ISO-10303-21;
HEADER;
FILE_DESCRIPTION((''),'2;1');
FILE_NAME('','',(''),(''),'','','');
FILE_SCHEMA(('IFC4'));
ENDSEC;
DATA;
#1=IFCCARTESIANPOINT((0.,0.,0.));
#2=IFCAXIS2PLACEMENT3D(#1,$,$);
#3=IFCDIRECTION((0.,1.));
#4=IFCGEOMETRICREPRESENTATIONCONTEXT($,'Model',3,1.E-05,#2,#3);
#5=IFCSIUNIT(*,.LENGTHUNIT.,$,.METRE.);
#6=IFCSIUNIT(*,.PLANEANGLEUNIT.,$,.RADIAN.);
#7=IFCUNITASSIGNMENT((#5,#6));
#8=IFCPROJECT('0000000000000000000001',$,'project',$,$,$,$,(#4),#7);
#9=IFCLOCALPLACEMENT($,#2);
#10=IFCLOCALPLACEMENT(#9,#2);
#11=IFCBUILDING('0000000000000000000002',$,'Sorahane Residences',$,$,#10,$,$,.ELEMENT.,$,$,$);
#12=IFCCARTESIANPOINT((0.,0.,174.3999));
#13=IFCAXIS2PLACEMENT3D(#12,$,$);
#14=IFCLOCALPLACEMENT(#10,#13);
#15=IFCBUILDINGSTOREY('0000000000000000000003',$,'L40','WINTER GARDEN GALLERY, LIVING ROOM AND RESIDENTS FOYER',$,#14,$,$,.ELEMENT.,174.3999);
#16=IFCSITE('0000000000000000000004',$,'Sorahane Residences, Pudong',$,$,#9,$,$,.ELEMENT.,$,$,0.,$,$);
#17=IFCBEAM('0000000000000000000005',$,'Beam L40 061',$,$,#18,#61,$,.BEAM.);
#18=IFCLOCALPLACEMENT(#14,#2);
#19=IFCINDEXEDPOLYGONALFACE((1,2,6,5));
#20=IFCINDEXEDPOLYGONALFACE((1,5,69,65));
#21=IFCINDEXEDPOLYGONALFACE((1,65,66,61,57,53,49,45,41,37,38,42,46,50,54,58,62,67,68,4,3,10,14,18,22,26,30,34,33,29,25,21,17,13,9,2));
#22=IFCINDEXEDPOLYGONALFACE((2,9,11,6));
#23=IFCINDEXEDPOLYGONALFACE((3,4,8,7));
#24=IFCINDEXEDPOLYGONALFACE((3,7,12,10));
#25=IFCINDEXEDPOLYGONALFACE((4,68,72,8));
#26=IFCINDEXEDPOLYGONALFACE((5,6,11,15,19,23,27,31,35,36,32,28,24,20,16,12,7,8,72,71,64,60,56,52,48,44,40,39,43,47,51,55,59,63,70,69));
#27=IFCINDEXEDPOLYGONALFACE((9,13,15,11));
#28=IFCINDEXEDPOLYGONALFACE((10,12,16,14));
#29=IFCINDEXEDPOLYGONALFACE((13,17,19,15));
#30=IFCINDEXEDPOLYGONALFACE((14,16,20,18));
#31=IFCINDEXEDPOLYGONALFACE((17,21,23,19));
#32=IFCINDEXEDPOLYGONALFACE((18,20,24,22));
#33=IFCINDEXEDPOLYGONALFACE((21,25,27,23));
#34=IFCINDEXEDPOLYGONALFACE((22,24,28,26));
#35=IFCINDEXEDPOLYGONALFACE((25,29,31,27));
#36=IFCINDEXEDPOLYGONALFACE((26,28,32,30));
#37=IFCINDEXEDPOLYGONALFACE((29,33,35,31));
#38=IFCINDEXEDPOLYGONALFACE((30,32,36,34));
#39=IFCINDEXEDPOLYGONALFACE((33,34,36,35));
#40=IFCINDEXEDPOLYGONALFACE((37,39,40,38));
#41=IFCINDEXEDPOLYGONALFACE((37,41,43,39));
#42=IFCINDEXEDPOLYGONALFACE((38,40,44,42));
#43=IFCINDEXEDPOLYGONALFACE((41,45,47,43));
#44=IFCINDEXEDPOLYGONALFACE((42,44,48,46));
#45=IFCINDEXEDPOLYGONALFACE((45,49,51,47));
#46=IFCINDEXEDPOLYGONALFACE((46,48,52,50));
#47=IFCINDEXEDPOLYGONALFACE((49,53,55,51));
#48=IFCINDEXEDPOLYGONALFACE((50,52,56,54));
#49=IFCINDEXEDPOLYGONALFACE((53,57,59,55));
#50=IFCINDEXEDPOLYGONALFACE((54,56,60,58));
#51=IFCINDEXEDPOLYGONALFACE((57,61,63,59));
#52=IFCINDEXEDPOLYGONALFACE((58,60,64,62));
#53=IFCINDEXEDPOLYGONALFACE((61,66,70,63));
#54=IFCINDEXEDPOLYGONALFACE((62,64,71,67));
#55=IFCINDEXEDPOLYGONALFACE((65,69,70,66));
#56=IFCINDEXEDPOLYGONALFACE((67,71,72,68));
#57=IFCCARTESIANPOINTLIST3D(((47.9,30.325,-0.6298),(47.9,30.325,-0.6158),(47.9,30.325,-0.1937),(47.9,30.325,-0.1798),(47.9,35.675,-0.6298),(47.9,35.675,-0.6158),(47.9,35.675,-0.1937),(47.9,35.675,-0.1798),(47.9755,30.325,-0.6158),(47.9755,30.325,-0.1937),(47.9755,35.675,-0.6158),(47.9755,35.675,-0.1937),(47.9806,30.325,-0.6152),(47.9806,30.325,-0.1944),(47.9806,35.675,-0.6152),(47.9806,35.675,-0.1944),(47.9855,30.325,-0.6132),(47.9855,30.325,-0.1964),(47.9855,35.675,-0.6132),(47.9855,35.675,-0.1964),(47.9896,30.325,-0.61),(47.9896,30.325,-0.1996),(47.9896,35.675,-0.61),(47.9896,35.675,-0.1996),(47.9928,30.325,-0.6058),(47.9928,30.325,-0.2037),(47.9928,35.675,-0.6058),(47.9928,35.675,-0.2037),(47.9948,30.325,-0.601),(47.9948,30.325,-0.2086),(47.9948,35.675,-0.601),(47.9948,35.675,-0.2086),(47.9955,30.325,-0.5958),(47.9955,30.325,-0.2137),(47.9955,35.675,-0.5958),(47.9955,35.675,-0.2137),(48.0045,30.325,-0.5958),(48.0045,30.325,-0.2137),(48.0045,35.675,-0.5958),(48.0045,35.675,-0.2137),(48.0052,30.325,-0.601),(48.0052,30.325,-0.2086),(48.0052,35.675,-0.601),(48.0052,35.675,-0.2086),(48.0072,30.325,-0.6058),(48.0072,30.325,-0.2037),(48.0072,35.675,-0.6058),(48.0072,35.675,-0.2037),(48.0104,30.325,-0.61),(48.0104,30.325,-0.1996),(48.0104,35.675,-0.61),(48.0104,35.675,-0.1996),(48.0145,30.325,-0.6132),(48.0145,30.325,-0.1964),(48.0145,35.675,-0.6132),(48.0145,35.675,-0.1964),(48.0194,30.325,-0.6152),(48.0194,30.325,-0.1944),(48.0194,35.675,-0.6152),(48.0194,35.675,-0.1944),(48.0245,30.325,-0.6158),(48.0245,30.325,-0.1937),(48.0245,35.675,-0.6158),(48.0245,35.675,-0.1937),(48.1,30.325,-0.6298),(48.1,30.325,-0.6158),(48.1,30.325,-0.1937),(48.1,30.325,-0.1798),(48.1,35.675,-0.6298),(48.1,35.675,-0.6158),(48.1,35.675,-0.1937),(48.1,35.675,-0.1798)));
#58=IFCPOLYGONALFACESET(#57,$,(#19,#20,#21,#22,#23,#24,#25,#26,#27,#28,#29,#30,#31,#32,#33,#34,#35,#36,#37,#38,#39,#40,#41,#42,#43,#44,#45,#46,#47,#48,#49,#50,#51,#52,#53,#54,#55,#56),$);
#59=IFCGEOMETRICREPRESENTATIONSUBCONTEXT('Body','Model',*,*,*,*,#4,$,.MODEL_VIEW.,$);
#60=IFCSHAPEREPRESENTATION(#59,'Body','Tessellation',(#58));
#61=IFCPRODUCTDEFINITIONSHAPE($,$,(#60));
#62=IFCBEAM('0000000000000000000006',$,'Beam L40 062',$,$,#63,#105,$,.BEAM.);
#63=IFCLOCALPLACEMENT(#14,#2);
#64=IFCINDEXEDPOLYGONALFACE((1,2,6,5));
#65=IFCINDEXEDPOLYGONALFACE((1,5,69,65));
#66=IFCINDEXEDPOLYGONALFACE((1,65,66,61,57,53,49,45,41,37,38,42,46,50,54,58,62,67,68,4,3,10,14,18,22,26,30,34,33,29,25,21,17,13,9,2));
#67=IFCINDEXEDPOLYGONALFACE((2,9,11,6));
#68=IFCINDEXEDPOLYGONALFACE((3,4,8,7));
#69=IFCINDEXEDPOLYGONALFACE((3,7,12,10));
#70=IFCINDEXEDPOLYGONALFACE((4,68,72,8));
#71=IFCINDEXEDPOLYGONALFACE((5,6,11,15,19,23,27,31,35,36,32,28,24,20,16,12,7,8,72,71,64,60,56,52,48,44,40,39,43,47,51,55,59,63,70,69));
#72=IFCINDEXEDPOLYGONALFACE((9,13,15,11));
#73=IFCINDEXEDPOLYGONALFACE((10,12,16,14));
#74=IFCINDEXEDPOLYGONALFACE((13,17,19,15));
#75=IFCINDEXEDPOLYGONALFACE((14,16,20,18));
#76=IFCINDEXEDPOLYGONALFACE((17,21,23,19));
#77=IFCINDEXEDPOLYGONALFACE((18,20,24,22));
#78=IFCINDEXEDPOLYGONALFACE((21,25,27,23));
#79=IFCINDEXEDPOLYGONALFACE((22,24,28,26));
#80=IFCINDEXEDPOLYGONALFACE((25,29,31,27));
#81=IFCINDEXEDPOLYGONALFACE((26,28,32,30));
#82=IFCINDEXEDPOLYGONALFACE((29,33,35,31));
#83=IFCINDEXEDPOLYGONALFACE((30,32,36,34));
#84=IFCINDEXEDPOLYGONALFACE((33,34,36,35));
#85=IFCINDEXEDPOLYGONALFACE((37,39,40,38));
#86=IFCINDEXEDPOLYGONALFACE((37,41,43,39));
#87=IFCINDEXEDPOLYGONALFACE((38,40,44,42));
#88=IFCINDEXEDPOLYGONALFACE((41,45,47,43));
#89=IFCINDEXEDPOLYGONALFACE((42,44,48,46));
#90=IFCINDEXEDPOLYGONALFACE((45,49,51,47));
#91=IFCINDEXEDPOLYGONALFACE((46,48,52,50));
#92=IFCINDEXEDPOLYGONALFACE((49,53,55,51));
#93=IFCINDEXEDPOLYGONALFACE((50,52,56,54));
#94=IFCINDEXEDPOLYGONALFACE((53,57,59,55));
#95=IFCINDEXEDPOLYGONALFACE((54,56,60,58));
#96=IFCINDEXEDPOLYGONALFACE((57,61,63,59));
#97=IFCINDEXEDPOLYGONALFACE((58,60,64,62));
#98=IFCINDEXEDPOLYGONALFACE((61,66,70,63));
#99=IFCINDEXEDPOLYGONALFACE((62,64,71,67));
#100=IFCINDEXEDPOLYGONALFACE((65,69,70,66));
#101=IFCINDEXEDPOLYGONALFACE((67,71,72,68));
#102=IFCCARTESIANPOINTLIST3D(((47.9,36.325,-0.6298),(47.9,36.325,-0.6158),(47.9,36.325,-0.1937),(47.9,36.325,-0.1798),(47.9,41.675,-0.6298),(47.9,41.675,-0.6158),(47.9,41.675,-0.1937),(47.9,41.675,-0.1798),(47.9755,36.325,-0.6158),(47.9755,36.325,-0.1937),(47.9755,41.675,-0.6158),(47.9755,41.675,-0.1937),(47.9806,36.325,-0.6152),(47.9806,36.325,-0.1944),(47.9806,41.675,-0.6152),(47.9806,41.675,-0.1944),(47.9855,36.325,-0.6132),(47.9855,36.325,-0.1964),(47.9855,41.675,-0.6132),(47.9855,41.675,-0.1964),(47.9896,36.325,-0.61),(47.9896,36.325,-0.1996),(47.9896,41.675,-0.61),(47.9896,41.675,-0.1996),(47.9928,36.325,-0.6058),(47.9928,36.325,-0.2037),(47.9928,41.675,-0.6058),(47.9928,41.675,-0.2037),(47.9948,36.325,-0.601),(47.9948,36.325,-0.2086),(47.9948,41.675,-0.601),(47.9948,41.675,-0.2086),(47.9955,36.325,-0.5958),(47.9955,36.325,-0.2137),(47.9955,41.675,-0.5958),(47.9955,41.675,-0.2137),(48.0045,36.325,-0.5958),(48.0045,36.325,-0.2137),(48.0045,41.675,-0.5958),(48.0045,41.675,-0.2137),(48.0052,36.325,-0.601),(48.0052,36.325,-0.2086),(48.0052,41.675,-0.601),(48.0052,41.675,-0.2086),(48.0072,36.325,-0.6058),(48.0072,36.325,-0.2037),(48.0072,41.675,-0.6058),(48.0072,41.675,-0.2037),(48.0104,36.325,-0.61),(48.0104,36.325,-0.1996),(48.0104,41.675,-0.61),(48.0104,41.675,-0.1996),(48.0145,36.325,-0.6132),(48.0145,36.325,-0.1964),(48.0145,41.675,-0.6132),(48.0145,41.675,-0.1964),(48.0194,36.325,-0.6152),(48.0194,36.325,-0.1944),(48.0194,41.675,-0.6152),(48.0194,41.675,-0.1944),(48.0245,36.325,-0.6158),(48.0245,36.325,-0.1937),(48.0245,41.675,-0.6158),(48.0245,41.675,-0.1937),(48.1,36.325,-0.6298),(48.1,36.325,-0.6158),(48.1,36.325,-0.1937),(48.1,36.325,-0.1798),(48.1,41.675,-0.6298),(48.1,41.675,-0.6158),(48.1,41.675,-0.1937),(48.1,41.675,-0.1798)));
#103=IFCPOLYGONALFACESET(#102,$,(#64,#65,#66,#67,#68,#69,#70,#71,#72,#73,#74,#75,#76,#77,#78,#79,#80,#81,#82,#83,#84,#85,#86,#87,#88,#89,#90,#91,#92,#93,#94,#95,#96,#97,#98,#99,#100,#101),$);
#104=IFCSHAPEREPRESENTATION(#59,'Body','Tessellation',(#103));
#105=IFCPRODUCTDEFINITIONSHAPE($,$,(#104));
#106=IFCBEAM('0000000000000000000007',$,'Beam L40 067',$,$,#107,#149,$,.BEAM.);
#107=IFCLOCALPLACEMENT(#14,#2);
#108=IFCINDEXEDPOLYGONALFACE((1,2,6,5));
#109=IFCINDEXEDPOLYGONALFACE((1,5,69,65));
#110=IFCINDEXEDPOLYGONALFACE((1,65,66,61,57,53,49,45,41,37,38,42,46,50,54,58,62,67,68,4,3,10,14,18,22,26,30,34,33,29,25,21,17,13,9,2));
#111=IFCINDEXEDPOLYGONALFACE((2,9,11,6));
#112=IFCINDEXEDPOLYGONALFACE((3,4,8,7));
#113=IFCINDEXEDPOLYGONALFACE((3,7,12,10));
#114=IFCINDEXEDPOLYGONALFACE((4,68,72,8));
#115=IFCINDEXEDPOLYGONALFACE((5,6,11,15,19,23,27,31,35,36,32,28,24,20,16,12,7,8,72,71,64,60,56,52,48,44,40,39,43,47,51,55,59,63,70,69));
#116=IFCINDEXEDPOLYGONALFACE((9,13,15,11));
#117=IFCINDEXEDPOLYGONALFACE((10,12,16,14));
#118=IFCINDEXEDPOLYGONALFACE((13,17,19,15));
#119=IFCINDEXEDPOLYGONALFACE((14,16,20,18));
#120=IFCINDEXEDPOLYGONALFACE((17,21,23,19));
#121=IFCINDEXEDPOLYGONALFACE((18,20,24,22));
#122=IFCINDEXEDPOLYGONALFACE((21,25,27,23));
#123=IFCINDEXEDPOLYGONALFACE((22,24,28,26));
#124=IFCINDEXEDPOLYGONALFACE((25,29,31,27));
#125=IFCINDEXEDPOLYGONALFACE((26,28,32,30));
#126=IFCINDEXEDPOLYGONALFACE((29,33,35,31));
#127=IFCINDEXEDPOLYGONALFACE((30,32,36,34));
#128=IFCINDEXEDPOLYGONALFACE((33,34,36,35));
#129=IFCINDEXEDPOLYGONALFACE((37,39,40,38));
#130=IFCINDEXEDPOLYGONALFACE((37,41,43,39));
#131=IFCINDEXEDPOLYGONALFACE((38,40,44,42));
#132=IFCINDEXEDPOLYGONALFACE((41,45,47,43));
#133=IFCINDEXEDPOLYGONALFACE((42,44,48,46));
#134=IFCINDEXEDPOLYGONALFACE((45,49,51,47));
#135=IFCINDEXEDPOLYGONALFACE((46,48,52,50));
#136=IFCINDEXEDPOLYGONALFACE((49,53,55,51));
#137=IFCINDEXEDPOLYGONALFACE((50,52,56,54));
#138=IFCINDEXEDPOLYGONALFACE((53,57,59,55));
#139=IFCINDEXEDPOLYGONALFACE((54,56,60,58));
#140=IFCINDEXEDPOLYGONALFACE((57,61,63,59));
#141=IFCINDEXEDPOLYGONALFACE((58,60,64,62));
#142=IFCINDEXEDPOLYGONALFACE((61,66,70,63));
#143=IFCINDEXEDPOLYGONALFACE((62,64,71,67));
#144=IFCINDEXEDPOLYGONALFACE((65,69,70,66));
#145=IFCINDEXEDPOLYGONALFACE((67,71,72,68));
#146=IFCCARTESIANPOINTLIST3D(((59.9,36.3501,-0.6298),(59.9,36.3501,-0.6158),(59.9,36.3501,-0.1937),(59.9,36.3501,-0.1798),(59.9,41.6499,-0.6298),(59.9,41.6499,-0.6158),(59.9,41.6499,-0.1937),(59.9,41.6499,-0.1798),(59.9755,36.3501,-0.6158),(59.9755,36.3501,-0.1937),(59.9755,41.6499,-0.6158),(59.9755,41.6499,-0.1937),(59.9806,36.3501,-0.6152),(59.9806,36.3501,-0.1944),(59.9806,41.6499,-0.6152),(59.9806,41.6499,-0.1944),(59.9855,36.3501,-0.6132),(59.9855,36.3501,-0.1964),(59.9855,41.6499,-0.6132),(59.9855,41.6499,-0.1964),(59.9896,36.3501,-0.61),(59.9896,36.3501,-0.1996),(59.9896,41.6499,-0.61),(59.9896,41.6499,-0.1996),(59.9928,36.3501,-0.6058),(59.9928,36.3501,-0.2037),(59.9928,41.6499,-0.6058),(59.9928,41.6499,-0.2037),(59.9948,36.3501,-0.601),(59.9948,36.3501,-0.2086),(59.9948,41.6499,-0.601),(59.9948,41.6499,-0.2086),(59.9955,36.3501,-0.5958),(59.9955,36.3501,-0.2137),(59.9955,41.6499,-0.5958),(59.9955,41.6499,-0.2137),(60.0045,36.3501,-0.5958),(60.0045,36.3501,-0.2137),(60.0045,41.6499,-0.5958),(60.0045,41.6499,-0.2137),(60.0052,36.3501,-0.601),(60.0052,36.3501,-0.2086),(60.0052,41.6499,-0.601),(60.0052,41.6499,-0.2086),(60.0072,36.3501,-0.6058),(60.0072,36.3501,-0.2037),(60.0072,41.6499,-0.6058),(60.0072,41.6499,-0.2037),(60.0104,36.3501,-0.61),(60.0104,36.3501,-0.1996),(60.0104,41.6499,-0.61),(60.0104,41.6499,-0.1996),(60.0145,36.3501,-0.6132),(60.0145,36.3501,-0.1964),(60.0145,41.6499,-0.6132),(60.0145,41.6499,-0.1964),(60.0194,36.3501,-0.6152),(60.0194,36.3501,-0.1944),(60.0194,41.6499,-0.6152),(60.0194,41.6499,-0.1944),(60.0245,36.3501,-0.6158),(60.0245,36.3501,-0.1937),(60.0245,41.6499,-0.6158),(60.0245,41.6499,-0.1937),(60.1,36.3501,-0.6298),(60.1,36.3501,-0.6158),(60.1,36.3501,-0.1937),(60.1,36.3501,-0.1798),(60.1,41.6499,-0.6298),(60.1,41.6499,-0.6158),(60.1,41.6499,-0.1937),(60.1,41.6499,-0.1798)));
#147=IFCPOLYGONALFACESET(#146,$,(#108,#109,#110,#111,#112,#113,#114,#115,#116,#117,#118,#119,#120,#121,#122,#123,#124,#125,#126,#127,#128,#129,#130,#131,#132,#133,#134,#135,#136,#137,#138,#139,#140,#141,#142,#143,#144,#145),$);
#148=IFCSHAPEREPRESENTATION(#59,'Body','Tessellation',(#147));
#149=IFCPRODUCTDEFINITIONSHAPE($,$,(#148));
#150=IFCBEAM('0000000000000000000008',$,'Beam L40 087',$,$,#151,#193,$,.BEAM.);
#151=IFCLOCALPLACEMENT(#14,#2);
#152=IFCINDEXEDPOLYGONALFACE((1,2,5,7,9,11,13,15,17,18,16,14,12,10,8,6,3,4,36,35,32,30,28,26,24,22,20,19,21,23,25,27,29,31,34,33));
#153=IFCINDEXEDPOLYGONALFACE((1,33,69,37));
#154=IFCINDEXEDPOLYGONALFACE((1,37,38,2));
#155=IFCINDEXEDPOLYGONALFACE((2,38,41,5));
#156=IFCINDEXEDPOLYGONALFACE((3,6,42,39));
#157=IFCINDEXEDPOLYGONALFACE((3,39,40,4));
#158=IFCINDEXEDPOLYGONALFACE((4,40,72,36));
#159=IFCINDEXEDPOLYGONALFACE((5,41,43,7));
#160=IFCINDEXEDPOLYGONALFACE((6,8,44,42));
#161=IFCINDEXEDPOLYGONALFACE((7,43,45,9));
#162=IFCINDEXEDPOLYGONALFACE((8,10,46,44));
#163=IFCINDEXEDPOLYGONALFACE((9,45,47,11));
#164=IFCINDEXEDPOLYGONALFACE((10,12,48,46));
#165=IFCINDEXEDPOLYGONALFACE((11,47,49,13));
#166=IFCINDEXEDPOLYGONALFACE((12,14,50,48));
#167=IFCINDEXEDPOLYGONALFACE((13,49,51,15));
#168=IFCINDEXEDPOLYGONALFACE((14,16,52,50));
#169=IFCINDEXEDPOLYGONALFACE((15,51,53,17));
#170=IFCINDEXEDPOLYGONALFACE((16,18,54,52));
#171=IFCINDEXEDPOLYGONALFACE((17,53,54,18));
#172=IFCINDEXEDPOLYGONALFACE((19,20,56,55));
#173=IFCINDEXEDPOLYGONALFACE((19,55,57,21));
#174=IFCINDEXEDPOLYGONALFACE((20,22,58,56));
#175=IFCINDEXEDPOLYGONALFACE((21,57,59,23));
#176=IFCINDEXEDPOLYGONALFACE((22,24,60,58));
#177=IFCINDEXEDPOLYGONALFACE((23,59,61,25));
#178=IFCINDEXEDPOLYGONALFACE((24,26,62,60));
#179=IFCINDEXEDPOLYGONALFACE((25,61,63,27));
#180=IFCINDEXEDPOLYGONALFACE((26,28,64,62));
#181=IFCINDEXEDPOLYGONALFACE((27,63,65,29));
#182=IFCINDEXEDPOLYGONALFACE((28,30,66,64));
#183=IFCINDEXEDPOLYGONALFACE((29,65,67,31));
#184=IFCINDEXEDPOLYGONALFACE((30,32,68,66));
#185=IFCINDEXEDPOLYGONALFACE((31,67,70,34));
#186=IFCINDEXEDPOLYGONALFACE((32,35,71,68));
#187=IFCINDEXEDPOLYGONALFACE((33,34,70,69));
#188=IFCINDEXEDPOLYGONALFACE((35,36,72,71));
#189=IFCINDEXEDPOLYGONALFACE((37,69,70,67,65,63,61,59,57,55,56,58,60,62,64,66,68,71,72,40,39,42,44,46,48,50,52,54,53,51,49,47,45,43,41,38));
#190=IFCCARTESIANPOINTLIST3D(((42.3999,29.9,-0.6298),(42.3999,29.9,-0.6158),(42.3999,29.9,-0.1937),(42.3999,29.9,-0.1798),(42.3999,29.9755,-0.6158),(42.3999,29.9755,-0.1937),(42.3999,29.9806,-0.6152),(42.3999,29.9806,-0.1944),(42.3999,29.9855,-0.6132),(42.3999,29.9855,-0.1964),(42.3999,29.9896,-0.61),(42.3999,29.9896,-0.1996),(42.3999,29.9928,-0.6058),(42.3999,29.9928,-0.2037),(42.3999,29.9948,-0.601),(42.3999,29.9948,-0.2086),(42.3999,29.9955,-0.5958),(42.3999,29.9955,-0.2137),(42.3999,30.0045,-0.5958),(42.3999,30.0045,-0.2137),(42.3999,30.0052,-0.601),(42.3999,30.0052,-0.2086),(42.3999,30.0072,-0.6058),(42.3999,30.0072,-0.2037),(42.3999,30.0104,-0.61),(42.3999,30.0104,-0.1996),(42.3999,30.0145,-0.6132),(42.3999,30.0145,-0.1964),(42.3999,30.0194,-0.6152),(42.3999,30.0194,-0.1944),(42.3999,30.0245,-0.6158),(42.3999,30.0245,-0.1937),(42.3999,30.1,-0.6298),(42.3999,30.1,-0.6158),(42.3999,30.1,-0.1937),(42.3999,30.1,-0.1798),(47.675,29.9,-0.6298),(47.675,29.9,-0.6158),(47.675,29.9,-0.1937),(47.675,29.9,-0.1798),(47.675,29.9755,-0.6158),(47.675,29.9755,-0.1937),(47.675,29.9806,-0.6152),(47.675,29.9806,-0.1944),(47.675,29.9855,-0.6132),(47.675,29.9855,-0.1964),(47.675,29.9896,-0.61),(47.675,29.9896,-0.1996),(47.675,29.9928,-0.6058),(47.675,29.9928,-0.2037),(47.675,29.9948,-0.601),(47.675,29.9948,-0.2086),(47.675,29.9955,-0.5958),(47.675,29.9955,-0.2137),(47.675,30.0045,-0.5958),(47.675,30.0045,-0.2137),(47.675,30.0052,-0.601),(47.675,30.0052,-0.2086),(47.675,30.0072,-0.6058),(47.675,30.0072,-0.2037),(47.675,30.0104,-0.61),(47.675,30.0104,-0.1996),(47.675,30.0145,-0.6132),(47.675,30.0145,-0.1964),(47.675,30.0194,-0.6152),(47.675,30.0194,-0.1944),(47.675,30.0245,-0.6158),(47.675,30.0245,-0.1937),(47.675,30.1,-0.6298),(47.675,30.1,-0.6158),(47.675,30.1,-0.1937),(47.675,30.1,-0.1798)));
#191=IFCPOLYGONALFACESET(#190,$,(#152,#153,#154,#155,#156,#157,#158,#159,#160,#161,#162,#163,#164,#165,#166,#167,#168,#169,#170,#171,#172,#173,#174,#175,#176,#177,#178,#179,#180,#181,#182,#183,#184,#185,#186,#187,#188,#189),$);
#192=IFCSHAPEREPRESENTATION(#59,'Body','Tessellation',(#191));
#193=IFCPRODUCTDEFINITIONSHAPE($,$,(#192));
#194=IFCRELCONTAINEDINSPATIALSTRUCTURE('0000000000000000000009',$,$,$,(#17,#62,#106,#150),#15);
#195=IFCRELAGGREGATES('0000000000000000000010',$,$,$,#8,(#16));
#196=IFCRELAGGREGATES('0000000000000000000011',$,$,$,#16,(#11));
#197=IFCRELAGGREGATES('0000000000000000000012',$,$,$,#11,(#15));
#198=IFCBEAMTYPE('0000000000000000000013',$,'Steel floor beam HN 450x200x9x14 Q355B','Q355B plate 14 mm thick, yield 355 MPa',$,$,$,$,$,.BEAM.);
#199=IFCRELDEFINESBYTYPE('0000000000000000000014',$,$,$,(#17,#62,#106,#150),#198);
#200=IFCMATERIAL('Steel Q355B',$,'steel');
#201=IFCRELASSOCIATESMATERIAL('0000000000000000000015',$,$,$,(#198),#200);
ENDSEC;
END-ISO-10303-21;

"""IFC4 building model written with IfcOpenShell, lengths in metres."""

from ifc_helpers import new_model, si_unit, direction, frame, origin, origin_2d, place, context, subcontext, project, spatial, i_section, extrude, material, material_profile, profile_set, type_object, element, save


model = new_model("IFC4")

# Units and contexts
model_context = context("Model", 3, precision=1e-05, world=origin(), true_north=direction((0.0, 1.0)))
body_context = subcontext(model_context, "Body", "Model", "MODEL_VIEW")
ifc_project = project(units=[si_unit("LENGTHUNIT", "METRE"), si_unit("PLANEANGLEUNIT", "RADIAN")], contexts=[model_context])

# Site, building, storey
site_placement = place(None, origin())
site = spatial("IfcSite", under=ifc_project, at=site_placement, Name="Sorahane Residences, Pudong", CompositionType="ELEMENT", RefElevation=0.0)
building_placement = place(site_placement, origin())
building = spatial("IfcBuilding", under=site, at=building_placement, Name="Sorahane Residences", CompositionType="ELEMENT")
storey_placement = place(building_placement, frame((0.0, 0.0, 174.3999)))
storey = spatial("IfcBuildingStorey", under=building, at=storey_placement, Name="L40", Description="WINTER GARDEN GALLERY, LIVING ROOM AND RESIDENTS FOYER", CompositionType="ELEMENT", Elevation=174.3999)

# Beams
ifc_material_1 = material(Name="Steel Q355B", Category="steel")
ifc_material_profile_1 = material_profile(ifc_material_1, i_section(OverallWidth=0.2, OverallDepth=0.45, WebThickness=0.009, FlangeThickness=0.0139, FilletRadius=0.02, at=origin_2d()), Name="HN 450x200x9x14")
ifc_profile_set_1 = profile_set([ifc_material_profile_1], Name="Steel Q355B")
beam_type_1 = type_object("IfcBeamType", Name="Steel floor beam HN 450x200x9x14 Q355B", Description="Q355B plate 14 mm thick, yield 355 MPa", PredefinedType="BEAM", material=ifc_profile_set_1)
for number, where, z_axis, x_axis, name in (
    (1, (48.0, 30.325, -0.4048), (0.0, 1.0, 0.0), (-1.0, 0.0, 0.0), "Beam L40 061"),
    (2, (48.0, 36.325, -0.4048), (0.0, 1.0, 0.0), (-1.0, 0.0, 0.0), "Beam L40 062"),
):
    element("IfcBeam", number, at=place(storey_placement, frame(where, z_axis=z_axis, x_axis=x_axis)), inside=storey, type_object=beam_type_1, Name=name, PredefinedType="BEAM", context=body_context, shape_type="SweptSolid", body=[
        extrude(i_section(OverallWidth=0.2, OverallDepth=0.45, WebThickness=0.009, FlangeThickness=0.0139, FilletRadius=0.02, at=origin_2d()), origin(), (0.0, 0.0, 1.0), 5.3501),
    ])
beam_1_placement = place(storey_placement, frame((60.0, 36.3501, -0.4048), z_axis=(0.0, 1.0, 0.0), x_axis=(-1.0, 0.0, 0.0)))
element("IfcBeam", 3, at=beam_1_placement, inside=storey, type_object=beam_type_1, Name="Beam L40 067", PredefinedType="BEAM", context=body_context, shape_type="SweptSolid", body=[
    extrude(i_section(OverallWidth=0.2, OverallDepth=0.45, WebThickness=0.009, FlangeThickness=0.0139, FilletRadius=0.02, at=origin_2d()), origin(), (0.0, 0.0, 1.0), 5.2998),
])
beam_2_placement = place(storey_placement, frame((42.3999, 30.0, -0.4048), z_axis=(1.0, 0.0, 0.0), x_axis=(0.0, 1.0, 0.0)))
element("IfcBeam", 4, at=beam_2_placement, inside=storey, type_object=beam_type_1, Name="Beam L40 087", PredefinedType="BEAM", context=body_context, shape_type="SweptSolid", body=[
    extrude(i_section(OverallWidth=0.2, OverallDepth=0.45, WebThickness=0.009, FlangeThickness=0.0139, FilletRadius=0.02, at=origin_2d()), origin(), (0.0, 0.0, 1.0), 5.2751),
])

save(model, "model.ifc")
